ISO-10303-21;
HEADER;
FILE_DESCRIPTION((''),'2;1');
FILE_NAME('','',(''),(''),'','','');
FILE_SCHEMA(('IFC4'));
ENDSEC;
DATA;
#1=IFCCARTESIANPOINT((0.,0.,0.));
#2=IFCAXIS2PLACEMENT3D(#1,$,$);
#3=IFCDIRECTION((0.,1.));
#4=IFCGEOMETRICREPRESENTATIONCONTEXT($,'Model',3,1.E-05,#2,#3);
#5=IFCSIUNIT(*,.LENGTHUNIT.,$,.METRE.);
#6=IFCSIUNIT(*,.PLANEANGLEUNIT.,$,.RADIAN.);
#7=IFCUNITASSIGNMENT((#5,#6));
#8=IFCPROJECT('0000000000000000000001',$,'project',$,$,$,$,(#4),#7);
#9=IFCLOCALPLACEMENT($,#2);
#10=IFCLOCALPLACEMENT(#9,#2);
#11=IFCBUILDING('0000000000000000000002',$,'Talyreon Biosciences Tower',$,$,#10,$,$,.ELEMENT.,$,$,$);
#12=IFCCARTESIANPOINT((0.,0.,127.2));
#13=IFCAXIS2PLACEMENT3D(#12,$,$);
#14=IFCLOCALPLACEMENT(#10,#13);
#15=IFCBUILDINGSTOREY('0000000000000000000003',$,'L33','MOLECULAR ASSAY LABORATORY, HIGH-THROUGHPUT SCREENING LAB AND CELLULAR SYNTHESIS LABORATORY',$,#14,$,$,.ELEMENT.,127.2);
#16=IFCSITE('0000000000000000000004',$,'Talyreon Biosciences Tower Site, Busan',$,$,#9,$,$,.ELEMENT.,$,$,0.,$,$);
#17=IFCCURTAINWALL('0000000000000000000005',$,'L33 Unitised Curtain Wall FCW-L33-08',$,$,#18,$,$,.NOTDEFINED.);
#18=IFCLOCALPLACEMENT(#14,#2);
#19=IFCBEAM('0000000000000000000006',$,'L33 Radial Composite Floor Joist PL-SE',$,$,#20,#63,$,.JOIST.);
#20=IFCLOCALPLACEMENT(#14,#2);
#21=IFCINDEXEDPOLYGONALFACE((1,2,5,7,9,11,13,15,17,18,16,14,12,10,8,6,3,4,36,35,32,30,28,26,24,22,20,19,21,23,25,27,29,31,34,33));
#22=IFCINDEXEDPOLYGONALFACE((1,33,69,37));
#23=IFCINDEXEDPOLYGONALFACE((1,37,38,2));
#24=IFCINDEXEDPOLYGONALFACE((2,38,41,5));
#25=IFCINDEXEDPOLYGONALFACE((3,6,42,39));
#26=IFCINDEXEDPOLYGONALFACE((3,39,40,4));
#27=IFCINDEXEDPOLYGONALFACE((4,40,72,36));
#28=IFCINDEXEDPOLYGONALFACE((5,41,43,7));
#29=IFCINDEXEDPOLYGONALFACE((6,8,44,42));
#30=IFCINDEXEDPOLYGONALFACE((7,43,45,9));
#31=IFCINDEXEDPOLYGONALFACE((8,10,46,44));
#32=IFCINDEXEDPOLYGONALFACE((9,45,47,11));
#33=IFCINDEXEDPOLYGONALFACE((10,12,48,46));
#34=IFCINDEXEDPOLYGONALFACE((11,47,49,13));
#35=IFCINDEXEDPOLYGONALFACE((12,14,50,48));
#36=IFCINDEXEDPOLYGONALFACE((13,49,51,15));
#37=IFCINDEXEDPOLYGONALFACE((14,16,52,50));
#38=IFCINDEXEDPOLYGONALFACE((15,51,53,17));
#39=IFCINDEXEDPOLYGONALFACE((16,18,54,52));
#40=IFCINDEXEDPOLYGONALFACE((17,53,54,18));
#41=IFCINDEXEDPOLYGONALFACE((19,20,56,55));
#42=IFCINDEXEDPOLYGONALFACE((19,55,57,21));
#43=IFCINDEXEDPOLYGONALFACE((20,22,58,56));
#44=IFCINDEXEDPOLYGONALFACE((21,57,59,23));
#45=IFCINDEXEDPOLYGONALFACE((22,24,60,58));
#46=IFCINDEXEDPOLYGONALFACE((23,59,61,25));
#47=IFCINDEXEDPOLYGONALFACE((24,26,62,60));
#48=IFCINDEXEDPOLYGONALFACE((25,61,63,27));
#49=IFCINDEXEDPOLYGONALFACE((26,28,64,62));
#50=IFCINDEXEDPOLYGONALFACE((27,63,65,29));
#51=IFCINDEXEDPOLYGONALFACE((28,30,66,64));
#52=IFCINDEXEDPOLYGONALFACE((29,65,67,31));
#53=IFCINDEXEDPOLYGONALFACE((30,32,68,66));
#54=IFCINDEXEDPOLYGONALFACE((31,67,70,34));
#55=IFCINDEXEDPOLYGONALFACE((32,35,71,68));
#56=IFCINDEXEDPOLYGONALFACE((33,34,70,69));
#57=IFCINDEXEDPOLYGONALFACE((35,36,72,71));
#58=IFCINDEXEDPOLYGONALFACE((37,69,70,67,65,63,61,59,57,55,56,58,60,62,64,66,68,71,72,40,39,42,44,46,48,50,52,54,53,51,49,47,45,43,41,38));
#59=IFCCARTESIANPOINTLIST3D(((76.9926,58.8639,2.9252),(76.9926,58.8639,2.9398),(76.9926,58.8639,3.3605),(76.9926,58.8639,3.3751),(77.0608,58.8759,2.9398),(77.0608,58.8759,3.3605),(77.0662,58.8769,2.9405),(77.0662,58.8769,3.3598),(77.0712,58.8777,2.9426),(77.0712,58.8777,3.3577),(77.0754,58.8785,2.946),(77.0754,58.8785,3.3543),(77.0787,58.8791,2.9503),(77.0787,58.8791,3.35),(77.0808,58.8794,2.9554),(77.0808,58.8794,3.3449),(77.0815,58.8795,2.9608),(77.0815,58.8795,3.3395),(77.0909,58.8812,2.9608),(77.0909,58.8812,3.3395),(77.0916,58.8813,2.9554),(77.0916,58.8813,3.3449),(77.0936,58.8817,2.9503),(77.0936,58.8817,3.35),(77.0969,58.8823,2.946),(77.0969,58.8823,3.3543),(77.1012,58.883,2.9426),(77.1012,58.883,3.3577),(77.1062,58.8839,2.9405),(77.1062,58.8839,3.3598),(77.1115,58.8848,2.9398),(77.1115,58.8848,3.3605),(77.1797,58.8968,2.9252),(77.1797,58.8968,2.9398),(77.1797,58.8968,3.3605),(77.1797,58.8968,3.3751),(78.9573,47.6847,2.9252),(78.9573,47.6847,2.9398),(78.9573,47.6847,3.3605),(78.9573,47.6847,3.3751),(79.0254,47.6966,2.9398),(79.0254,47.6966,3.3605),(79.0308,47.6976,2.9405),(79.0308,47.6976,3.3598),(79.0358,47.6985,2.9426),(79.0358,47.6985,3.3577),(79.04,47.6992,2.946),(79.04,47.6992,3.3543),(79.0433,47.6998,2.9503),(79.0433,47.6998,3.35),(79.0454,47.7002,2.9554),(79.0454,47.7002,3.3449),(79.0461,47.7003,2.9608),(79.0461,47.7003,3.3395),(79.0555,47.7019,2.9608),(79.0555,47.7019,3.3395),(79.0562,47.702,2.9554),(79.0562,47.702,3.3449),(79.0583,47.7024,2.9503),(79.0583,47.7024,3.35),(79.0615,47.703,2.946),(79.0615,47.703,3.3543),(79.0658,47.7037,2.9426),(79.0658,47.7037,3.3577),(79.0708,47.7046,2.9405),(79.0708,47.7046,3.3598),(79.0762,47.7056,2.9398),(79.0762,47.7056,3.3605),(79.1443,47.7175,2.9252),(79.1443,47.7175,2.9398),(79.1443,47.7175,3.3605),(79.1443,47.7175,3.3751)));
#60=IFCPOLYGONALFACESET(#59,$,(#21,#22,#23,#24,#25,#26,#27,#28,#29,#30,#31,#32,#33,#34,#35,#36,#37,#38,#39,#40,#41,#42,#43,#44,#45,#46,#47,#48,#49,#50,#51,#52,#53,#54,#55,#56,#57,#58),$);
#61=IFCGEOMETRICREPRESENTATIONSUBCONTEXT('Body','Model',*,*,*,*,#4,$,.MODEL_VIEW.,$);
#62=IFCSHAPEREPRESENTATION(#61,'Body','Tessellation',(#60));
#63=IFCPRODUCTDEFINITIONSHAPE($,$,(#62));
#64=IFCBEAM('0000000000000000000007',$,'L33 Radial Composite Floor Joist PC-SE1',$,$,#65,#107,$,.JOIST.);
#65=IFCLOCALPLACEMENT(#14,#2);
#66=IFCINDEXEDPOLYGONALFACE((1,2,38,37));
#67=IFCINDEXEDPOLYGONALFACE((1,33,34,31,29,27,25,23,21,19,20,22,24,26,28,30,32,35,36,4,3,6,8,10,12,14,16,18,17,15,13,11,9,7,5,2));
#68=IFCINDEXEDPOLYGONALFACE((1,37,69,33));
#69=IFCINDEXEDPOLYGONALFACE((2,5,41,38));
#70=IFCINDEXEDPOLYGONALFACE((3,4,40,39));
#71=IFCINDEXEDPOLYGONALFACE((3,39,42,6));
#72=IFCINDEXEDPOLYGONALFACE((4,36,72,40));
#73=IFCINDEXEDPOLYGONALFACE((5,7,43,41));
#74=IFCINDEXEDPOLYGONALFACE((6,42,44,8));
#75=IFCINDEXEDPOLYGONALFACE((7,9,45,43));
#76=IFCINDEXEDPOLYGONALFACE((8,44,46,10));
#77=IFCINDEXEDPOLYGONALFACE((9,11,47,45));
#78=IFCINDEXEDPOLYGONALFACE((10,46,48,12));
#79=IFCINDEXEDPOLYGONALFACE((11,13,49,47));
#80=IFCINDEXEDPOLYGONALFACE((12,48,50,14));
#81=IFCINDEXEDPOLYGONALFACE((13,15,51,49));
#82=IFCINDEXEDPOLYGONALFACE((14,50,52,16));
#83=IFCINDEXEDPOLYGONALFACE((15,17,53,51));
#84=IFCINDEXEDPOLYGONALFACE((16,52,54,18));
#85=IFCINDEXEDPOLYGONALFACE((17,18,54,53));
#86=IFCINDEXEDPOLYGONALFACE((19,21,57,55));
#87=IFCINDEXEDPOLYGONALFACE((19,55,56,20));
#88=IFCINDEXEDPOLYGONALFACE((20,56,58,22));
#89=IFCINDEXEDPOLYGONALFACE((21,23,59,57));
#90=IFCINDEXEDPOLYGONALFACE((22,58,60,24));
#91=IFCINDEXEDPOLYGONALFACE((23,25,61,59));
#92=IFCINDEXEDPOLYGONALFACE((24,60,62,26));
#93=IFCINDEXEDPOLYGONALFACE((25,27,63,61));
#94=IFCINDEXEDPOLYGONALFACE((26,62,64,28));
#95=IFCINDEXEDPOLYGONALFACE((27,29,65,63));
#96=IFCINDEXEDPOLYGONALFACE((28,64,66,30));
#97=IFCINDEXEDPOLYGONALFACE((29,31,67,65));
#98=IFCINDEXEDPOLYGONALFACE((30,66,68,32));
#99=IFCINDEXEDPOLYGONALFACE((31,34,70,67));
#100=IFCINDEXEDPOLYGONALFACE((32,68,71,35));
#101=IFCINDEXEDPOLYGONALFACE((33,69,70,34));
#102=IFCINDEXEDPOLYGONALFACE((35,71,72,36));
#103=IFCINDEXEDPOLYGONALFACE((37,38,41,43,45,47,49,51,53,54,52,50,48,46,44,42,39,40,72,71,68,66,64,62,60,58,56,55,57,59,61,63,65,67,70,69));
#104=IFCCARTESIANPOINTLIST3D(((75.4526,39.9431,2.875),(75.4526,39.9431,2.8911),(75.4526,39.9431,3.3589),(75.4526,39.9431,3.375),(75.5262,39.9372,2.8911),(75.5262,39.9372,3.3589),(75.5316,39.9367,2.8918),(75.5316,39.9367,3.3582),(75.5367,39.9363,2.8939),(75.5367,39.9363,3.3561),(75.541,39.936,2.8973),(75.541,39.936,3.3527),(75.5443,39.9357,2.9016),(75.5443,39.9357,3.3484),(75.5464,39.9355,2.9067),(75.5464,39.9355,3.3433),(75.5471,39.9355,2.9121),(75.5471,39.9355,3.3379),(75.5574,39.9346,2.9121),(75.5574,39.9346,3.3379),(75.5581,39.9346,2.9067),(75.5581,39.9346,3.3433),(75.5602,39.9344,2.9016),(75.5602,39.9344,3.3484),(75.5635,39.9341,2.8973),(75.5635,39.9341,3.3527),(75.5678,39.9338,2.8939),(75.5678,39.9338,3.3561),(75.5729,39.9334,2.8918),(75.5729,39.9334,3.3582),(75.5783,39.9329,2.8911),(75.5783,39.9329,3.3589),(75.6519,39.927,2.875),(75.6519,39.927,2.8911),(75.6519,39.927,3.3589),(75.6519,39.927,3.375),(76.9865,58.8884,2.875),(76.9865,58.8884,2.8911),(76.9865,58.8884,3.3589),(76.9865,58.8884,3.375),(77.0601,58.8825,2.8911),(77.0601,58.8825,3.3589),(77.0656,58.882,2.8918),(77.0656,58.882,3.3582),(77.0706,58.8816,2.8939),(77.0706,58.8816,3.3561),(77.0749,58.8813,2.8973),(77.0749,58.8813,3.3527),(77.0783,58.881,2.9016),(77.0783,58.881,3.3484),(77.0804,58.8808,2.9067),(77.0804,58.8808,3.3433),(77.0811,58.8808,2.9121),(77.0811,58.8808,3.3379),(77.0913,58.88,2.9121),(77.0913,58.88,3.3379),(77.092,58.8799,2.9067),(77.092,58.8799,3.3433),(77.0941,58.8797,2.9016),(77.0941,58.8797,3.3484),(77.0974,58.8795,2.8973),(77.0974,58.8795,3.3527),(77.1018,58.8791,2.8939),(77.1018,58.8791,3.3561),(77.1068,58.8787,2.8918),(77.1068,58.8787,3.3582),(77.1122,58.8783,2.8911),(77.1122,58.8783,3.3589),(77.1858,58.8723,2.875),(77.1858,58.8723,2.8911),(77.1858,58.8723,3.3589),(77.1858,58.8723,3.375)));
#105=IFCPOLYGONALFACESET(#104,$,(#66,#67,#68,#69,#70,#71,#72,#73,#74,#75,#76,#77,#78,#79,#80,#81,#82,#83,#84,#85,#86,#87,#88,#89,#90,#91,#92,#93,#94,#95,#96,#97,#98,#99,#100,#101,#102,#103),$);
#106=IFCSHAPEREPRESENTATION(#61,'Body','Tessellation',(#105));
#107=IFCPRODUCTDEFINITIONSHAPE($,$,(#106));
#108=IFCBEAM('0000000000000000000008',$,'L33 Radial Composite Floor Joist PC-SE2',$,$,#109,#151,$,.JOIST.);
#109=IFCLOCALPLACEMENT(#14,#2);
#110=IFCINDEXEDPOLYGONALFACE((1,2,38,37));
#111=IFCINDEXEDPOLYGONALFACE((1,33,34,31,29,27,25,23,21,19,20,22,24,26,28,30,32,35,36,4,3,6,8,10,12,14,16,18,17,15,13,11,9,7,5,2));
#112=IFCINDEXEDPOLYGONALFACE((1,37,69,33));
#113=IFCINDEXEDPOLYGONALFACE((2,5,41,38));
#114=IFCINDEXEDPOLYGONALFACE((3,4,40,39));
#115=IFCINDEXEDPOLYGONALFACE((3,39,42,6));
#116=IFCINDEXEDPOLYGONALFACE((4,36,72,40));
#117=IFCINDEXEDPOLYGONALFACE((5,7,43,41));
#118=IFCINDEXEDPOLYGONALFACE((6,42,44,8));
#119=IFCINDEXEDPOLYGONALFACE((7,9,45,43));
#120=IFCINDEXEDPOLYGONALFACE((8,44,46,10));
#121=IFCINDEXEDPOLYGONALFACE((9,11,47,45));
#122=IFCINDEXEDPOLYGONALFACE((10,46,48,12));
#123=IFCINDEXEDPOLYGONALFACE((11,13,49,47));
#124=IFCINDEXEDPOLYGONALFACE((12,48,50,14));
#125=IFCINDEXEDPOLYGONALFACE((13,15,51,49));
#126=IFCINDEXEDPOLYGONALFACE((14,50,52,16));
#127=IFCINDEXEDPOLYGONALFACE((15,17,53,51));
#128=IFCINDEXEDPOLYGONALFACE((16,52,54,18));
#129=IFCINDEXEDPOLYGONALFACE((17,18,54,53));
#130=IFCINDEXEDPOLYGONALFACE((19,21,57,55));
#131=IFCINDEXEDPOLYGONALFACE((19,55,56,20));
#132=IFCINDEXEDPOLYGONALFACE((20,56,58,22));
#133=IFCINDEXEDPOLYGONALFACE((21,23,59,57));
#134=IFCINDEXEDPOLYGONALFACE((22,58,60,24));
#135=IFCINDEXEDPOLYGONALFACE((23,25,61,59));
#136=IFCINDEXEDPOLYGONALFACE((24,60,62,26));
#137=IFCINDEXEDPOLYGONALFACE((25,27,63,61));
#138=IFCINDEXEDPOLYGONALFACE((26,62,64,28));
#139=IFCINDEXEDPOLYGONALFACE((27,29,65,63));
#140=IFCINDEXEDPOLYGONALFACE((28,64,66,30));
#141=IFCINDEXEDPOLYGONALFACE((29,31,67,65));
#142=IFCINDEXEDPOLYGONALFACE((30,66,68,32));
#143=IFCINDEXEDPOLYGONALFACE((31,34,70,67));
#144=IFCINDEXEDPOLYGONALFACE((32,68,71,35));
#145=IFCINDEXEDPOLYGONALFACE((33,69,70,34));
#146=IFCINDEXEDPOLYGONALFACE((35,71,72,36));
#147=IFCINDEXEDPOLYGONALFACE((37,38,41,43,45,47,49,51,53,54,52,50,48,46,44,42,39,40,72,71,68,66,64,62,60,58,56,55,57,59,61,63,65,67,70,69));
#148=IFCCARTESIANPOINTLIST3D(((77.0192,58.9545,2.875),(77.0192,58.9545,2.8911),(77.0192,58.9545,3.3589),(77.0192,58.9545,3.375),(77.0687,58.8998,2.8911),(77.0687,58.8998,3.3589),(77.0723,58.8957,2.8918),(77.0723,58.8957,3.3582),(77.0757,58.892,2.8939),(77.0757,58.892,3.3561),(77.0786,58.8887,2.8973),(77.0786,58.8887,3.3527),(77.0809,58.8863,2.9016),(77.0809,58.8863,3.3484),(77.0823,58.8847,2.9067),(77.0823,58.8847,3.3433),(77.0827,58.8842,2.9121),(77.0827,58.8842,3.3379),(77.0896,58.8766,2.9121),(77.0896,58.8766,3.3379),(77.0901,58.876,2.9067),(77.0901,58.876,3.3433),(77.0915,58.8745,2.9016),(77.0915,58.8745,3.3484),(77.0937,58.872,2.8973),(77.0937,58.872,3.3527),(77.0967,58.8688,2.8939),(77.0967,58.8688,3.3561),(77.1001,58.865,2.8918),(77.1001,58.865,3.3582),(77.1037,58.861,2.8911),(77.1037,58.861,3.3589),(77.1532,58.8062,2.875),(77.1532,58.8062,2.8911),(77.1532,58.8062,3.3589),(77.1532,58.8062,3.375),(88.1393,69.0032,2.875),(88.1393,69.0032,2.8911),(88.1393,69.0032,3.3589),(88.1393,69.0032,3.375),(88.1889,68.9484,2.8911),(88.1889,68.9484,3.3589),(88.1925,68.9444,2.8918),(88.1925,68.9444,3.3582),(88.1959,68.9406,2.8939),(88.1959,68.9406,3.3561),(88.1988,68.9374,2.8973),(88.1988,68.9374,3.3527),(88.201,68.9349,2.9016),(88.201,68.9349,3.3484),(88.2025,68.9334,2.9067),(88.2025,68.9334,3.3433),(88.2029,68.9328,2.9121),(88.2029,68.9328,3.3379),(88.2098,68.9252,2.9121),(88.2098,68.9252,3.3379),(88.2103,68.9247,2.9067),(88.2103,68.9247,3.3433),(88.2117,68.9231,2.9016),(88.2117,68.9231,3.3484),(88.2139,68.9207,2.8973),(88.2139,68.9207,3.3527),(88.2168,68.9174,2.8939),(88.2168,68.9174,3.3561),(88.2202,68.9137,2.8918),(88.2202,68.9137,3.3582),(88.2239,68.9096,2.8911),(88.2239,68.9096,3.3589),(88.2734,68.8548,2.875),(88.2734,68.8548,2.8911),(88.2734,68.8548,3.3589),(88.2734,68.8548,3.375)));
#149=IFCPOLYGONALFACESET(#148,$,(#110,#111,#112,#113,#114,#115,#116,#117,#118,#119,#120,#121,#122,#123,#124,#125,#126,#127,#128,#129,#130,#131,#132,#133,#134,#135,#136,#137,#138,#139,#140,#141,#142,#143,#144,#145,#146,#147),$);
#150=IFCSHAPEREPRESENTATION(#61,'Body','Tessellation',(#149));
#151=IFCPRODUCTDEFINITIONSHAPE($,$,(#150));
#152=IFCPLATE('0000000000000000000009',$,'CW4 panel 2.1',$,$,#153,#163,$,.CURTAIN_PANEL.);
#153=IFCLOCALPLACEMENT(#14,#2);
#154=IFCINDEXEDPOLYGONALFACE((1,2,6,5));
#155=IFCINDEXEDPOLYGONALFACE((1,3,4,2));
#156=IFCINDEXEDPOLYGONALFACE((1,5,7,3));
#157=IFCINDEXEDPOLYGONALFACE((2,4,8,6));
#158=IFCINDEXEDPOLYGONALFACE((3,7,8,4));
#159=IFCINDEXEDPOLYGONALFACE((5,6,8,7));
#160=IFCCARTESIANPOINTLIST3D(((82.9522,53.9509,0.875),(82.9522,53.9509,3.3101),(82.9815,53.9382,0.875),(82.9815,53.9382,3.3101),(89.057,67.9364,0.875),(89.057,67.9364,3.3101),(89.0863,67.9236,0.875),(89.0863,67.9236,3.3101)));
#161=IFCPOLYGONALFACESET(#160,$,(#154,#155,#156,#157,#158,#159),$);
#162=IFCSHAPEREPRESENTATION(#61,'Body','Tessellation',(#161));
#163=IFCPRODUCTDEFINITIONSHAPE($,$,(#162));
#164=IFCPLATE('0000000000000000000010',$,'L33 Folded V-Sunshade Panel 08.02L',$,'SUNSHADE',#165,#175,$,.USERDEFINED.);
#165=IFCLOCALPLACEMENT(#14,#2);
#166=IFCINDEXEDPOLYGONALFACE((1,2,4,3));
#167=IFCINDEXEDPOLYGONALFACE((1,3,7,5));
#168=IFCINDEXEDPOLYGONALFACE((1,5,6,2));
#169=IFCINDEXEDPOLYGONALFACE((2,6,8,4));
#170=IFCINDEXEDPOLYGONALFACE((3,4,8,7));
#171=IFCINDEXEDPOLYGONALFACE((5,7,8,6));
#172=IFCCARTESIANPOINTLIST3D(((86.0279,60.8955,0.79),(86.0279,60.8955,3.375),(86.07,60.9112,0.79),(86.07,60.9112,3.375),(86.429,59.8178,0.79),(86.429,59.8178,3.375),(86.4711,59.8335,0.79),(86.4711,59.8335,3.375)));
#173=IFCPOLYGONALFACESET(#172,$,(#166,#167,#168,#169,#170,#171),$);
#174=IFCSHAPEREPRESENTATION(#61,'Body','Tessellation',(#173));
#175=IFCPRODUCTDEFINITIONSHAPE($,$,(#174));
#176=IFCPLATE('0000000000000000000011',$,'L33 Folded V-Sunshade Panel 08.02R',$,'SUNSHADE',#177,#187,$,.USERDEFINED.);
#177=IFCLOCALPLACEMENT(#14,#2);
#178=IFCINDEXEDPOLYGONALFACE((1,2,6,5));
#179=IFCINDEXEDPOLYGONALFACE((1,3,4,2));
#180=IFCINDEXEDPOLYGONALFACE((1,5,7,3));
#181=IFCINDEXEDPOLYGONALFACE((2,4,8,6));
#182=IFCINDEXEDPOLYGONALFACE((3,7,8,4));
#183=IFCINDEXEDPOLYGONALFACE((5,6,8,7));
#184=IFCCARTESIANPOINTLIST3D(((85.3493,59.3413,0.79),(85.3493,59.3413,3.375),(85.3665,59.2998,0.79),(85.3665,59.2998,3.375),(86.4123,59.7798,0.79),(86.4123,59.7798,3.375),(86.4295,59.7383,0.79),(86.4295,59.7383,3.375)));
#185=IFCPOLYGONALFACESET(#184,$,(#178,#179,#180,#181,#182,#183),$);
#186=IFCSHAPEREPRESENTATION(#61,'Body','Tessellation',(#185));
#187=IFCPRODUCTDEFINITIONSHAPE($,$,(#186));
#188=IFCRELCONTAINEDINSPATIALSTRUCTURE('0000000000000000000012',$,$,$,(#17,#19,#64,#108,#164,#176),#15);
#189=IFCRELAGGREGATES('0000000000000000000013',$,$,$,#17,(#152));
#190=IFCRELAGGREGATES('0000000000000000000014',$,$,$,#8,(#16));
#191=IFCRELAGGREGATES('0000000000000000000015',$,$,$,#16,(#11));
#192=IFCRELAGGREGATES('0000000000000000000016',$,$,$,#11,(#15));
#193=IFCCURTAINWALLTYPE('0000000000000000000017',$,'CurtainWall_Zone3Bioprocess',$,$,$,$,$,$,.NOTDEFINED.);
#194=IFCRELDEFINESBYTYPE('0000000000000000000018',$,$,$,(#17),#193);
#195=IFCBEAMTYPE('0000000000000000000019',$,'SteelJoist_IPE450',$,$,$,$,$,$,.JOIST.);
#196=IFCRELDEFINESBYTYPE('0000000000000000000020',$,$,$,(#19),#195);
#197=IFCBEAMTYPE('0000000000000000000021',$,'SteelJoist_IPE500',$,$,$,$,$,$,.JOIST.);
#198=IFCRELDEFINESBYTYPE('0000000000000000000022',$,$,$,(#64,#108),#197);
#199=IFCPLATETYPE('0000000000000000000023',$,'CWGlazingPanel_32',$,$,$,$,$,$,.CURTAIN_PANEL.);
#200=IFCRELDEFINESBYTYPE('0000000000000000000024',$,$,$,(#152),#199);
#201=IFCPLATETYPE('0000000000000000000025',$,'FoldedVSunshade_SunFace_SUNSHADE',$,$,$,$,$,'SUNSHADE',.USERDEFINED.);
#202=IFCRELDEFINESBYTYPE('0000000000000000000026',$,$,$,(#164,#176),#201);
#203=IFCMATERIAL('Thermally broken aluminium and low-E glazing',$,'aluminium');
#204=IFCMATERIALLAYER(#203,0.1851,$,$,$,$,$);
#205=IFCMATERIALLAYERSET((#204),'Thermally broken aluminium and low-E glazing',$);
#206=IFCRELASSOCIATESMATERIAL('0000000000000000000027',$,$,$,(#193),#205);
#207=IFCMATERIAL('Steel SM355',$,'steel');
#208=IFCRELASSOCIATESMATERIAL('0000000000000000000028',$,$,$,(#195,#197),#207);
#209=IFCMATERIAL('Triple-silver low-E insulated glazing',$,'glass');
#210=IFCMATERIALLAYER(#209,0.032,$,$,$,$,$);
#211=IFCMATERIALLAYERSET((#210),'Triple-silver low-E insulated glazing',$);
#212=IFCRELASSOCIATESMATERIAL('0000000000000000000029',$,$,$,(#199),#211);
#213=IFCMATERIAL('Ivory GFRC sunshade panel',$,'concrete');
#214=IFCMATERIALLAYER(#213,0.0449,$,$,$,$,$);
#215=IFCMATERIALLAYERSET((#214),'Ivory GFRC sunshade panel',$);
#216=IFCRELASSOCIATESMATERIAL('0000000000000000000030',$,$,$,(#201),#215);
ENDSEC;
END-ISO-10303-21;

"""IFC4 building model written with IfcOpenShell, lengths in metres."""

from ifc_helpers import new_model, si_unit, direction, frame, origin, origin_2d, place, context, subcontext, project, spatial, rectangle, i_section, extrude, material, layer, layer_set, material_profile, profile_set, type_object, element, aggregate, save


model = new_model("IFC4")

# Units and contexts
model_context = context("Model", 3, precision=1e-05, world=origin(), true_north=direction((0.0, 1.0)))
body_context = subcontext(model_context, "Body", "Model", "MODEL_VIEW")
ifc_project = project(units=[si_unit("LENGTHUNIT", "METRE"), si_unit("PLANEANGLEUNIT", "RADIAN")], contexts=[model_context])

# Site, building, storey
site_placement = place(None, origin())
site = spatial("IfcSite", under=ifc_project, at=site_placement, Name="Talyreon Biosciences Tower Site, Busan", CompositionType="ELEMENT", RefElevation=0.0)
building_placement = place(site_placement, origin())
building = spatial("IfcBuilding", under=site, at=building_placement, Name="Talyreon Biosciences Tower", CompositionType="ELEMENT")
storey_placement = place(building_placement, frame((0.0, 0.0, 127.2)))
storey = spatial("IfcBuildingStorey", under=building, at=storey_placement, Name="L33", Description="MOLECULAR ASSAY LABORATORY, HIGH-THROUGHPUT SCREENING LAB AND CELLULAR SYNTHESIS LABORATORY", CompositionType="ELEMENT", Elevation=127.2)

# Curtain wall
ifc_material_1 = material(Name="Thermally broken aluminium and low-E glazing", Category="aluminium")
ifc_layer_1 = layer(ifc_material_1, 0.1851)
ifc_layer_set_1 = layer_set([ifc_layer_1], Name="Thermally broken aluminium and low-E glazing")
curtain_wall_type = type_object("IfcCurtainWallType", Name="CurtainWall_Zone3Bioprocess", PredefinedType="NOTDEFINED", material=ifc_layer_set_1)
curtain_wall_placement = place(storey_placement, origin())
curtain_wall = element("IfcCurtainWall", 1, at=curtain_wall_placement, inside=storey, type_object=curtain_wall_type, Name="L33 Unitised Curtain Wall FCW-L33-08", PredefinedType="NOTDEFINED")

# Beams
ifc_material_2 = material(Name="Steel SM355", Category="steel")
ifc_material_profile_1 = material_profile(ifc_material_2, i_section(OverallWidth=0.1899, OverallDepth=0.45, WebThickness=0.0095, FlangeThickness=0.0146, FilletRadius=0.021, at=origin_2d()), Name="IPE450")
ifc_profile_set_1 = profile_set([ifc_material_profile_1], Name="Steel SM355")
beam_type_1 = type_object("IfcBeamType", Name="SteelJoist_IPE450", PredefinedType="JOIST", material=ifc_profile_set_1)
beam_1_placement = place(storey_placement, frame((77.0862, 58.8804, 3.1501), z_axis=(0.173085, -0.984907, 0.0), x_axis=(0.984907, 0.173085, 0.0)))
element("IfcBeam", 2, at=beam_1_placement, inside=storey, type_object=beam_type_1, Name="L33 Radial Composite Floor Joist PL-SE", PredefinedType="JOIST", context=body_context, shape_type="SweptSolid", body=[
    extrude(i_section(OverallWidth=0.1899, OverallDepth=0.45, WebThickness=0.0095, FlangeThickness=0.0146, FilletRadius=0.021, at=origin_2d()), origin(), (0.0, 0.0, 1.0), 11.3506),
])
ifc_material_profile_2 = material_profile(ifc_material_2, i_section(OverallWidth=0.2, OverallDepth=0.5, WebThickness=0.0103, FlangeThickness=0.0161, FilletRadius=0.021, at=origin_2d()), Name="IPE500")
ifc_profile_set_2 = profile_set([ifc_material_profile_2], Name="Steel SM355")
beam_type_2 = type_object("IfcBeamType", Name="SteelJoist_IPE500", PredefinedType="JOIST", material=ifc_profile_set_2)
beam_2_placement = place(storey_placement, frame((77.0862, 58.8804, 3.125), z_axis=(-0.080702, -0.996738, 0.0), x_axis=(0.996738, -0.080702, 0.0)))
element("IfcBeam", 3, at=beam_2_placement, inside=storey, type_object=beam_type_2, Name="L33 Radial Composite Floor Joist PC-SE1", PredefinedType="JOIST", context=body_context, shape_type="SweptSolid", body=[
    extrude(i_section(OverallWidth=0.2, OverallDepth=0.5, WebThickness=0.0103, FlangeThickness=0.0161, FilletRadius=0.021, at=origin_2d()), origin(), (0.0, 0.0, 1.0), 19.0073),
])
beam_3_placement = place(storey_placement, frame((77.0862, 58.8804, 3.125), z_axis=(0.74195, 0.670456, 0.0), x_axis=(-0.670456, 0.74195, 0.0)))
element("IfcBeam", 4, at=beam_3_placement, inside=storey, type_object=beam_type_2, Name="L33 Radial Composite Floor Joist PC-SE2", PredefinedType="JOIST", context=body_context, shape_type="SweptSolid", body=[
    extrude(i_section(OverallWidth=0.2, OverallDepth=0.5, WebThickness=0.0103, FlangeThickness=0.0161, FilletRadius=0.021, at=origin_2d()), origin(), (0.0, 0.0, 1.0), 14.9878),
])

# Plate
ifc_material_3 = material(Name="Triple-silver low-E insulated glazing", Category="glass")
ifc_layer_2 = layer(ifc_material_3, 0.032)
ifc_layer_set_2 = layer_set([ifc_layer_2], Name="Triple-silver low-E insulated glazing")
plate_type_1 = type_object("IfcPlateType", Name="CWGlazingPanel_32", PredefinedType="CURTAIN_PANEL", material=ifc_layer_set_2)
plate_placement = place(storey_placement, frame((86.0193, 60.9373, 0.875), z_axis=(0.0, 0.0, 1.0), x_axis=(-0.400058, -0.91649, 0.0)))
plate = element("IfcPlate", 5, at=plate_placement, type_object=plate_type_1, Name="CW4 panel 2.1", PredefinedType="CURTAIN_PANEL", context=body_context, shape_type="SweptSolid", body=[
    extrude(rectangle(XDim=15.2598, YDim=0.032, at=origin_2d()), origin(), (0.0, 0.0, 1.0), 2.4351),
])
aggregate(curtain_wall, [plate])

# Plates
ifc_material_4 = material(Name="Ivory GFRC sunshade panel", Category="concrete")
ifc_layer_3 = layer(ifc_material_4, 0.0449)
ifc_layer_set_3 = layer_set([ifc_layer_3], Name="Ivory GFRC sunshade panel")
plate_type_2 = type_object("IfcPlateType", Name="FoldedVSunshade_SunFace_SUNSHADE", ElementType="SUNSHADE", PredefinedType="USERDEFINED", material=ifc_layer_set_3)
for number, where, z_axis, x_axis, name in (
    (6, (86.2495, 60.3645, 0.79), (0.0, 0.0, 1.0), (0.348866, -0.937172, 0.0), "L33 Folded V-Sunshade Panel 08.02L"),
    (7, (85.8894, 59.5398, 0.79), (0.0, 0.0, 1.0), (-0.924426, -0.381361, 0.0), "L33 Folded V-Sunshade Panel 08.02R"),
):
    element("IfcPlate", number, at=place(storey_placement, frame(where, z_axis=z_axis, x_axis=x_axis)), inside=storey, type_object=plate_type_2, Name=name, ObjectType="SUNSHADE", PredefinedType="USERDEFINED", context=body_context, shape_type="SweptSolid", body=[
        extrude(rectangle(XDim=1.1499, YDim=0.0449, at=origin_2d()), origin(), (0.0, 0.0, 1.0), 2.585),
    ])

save(model, "model.ifc")
